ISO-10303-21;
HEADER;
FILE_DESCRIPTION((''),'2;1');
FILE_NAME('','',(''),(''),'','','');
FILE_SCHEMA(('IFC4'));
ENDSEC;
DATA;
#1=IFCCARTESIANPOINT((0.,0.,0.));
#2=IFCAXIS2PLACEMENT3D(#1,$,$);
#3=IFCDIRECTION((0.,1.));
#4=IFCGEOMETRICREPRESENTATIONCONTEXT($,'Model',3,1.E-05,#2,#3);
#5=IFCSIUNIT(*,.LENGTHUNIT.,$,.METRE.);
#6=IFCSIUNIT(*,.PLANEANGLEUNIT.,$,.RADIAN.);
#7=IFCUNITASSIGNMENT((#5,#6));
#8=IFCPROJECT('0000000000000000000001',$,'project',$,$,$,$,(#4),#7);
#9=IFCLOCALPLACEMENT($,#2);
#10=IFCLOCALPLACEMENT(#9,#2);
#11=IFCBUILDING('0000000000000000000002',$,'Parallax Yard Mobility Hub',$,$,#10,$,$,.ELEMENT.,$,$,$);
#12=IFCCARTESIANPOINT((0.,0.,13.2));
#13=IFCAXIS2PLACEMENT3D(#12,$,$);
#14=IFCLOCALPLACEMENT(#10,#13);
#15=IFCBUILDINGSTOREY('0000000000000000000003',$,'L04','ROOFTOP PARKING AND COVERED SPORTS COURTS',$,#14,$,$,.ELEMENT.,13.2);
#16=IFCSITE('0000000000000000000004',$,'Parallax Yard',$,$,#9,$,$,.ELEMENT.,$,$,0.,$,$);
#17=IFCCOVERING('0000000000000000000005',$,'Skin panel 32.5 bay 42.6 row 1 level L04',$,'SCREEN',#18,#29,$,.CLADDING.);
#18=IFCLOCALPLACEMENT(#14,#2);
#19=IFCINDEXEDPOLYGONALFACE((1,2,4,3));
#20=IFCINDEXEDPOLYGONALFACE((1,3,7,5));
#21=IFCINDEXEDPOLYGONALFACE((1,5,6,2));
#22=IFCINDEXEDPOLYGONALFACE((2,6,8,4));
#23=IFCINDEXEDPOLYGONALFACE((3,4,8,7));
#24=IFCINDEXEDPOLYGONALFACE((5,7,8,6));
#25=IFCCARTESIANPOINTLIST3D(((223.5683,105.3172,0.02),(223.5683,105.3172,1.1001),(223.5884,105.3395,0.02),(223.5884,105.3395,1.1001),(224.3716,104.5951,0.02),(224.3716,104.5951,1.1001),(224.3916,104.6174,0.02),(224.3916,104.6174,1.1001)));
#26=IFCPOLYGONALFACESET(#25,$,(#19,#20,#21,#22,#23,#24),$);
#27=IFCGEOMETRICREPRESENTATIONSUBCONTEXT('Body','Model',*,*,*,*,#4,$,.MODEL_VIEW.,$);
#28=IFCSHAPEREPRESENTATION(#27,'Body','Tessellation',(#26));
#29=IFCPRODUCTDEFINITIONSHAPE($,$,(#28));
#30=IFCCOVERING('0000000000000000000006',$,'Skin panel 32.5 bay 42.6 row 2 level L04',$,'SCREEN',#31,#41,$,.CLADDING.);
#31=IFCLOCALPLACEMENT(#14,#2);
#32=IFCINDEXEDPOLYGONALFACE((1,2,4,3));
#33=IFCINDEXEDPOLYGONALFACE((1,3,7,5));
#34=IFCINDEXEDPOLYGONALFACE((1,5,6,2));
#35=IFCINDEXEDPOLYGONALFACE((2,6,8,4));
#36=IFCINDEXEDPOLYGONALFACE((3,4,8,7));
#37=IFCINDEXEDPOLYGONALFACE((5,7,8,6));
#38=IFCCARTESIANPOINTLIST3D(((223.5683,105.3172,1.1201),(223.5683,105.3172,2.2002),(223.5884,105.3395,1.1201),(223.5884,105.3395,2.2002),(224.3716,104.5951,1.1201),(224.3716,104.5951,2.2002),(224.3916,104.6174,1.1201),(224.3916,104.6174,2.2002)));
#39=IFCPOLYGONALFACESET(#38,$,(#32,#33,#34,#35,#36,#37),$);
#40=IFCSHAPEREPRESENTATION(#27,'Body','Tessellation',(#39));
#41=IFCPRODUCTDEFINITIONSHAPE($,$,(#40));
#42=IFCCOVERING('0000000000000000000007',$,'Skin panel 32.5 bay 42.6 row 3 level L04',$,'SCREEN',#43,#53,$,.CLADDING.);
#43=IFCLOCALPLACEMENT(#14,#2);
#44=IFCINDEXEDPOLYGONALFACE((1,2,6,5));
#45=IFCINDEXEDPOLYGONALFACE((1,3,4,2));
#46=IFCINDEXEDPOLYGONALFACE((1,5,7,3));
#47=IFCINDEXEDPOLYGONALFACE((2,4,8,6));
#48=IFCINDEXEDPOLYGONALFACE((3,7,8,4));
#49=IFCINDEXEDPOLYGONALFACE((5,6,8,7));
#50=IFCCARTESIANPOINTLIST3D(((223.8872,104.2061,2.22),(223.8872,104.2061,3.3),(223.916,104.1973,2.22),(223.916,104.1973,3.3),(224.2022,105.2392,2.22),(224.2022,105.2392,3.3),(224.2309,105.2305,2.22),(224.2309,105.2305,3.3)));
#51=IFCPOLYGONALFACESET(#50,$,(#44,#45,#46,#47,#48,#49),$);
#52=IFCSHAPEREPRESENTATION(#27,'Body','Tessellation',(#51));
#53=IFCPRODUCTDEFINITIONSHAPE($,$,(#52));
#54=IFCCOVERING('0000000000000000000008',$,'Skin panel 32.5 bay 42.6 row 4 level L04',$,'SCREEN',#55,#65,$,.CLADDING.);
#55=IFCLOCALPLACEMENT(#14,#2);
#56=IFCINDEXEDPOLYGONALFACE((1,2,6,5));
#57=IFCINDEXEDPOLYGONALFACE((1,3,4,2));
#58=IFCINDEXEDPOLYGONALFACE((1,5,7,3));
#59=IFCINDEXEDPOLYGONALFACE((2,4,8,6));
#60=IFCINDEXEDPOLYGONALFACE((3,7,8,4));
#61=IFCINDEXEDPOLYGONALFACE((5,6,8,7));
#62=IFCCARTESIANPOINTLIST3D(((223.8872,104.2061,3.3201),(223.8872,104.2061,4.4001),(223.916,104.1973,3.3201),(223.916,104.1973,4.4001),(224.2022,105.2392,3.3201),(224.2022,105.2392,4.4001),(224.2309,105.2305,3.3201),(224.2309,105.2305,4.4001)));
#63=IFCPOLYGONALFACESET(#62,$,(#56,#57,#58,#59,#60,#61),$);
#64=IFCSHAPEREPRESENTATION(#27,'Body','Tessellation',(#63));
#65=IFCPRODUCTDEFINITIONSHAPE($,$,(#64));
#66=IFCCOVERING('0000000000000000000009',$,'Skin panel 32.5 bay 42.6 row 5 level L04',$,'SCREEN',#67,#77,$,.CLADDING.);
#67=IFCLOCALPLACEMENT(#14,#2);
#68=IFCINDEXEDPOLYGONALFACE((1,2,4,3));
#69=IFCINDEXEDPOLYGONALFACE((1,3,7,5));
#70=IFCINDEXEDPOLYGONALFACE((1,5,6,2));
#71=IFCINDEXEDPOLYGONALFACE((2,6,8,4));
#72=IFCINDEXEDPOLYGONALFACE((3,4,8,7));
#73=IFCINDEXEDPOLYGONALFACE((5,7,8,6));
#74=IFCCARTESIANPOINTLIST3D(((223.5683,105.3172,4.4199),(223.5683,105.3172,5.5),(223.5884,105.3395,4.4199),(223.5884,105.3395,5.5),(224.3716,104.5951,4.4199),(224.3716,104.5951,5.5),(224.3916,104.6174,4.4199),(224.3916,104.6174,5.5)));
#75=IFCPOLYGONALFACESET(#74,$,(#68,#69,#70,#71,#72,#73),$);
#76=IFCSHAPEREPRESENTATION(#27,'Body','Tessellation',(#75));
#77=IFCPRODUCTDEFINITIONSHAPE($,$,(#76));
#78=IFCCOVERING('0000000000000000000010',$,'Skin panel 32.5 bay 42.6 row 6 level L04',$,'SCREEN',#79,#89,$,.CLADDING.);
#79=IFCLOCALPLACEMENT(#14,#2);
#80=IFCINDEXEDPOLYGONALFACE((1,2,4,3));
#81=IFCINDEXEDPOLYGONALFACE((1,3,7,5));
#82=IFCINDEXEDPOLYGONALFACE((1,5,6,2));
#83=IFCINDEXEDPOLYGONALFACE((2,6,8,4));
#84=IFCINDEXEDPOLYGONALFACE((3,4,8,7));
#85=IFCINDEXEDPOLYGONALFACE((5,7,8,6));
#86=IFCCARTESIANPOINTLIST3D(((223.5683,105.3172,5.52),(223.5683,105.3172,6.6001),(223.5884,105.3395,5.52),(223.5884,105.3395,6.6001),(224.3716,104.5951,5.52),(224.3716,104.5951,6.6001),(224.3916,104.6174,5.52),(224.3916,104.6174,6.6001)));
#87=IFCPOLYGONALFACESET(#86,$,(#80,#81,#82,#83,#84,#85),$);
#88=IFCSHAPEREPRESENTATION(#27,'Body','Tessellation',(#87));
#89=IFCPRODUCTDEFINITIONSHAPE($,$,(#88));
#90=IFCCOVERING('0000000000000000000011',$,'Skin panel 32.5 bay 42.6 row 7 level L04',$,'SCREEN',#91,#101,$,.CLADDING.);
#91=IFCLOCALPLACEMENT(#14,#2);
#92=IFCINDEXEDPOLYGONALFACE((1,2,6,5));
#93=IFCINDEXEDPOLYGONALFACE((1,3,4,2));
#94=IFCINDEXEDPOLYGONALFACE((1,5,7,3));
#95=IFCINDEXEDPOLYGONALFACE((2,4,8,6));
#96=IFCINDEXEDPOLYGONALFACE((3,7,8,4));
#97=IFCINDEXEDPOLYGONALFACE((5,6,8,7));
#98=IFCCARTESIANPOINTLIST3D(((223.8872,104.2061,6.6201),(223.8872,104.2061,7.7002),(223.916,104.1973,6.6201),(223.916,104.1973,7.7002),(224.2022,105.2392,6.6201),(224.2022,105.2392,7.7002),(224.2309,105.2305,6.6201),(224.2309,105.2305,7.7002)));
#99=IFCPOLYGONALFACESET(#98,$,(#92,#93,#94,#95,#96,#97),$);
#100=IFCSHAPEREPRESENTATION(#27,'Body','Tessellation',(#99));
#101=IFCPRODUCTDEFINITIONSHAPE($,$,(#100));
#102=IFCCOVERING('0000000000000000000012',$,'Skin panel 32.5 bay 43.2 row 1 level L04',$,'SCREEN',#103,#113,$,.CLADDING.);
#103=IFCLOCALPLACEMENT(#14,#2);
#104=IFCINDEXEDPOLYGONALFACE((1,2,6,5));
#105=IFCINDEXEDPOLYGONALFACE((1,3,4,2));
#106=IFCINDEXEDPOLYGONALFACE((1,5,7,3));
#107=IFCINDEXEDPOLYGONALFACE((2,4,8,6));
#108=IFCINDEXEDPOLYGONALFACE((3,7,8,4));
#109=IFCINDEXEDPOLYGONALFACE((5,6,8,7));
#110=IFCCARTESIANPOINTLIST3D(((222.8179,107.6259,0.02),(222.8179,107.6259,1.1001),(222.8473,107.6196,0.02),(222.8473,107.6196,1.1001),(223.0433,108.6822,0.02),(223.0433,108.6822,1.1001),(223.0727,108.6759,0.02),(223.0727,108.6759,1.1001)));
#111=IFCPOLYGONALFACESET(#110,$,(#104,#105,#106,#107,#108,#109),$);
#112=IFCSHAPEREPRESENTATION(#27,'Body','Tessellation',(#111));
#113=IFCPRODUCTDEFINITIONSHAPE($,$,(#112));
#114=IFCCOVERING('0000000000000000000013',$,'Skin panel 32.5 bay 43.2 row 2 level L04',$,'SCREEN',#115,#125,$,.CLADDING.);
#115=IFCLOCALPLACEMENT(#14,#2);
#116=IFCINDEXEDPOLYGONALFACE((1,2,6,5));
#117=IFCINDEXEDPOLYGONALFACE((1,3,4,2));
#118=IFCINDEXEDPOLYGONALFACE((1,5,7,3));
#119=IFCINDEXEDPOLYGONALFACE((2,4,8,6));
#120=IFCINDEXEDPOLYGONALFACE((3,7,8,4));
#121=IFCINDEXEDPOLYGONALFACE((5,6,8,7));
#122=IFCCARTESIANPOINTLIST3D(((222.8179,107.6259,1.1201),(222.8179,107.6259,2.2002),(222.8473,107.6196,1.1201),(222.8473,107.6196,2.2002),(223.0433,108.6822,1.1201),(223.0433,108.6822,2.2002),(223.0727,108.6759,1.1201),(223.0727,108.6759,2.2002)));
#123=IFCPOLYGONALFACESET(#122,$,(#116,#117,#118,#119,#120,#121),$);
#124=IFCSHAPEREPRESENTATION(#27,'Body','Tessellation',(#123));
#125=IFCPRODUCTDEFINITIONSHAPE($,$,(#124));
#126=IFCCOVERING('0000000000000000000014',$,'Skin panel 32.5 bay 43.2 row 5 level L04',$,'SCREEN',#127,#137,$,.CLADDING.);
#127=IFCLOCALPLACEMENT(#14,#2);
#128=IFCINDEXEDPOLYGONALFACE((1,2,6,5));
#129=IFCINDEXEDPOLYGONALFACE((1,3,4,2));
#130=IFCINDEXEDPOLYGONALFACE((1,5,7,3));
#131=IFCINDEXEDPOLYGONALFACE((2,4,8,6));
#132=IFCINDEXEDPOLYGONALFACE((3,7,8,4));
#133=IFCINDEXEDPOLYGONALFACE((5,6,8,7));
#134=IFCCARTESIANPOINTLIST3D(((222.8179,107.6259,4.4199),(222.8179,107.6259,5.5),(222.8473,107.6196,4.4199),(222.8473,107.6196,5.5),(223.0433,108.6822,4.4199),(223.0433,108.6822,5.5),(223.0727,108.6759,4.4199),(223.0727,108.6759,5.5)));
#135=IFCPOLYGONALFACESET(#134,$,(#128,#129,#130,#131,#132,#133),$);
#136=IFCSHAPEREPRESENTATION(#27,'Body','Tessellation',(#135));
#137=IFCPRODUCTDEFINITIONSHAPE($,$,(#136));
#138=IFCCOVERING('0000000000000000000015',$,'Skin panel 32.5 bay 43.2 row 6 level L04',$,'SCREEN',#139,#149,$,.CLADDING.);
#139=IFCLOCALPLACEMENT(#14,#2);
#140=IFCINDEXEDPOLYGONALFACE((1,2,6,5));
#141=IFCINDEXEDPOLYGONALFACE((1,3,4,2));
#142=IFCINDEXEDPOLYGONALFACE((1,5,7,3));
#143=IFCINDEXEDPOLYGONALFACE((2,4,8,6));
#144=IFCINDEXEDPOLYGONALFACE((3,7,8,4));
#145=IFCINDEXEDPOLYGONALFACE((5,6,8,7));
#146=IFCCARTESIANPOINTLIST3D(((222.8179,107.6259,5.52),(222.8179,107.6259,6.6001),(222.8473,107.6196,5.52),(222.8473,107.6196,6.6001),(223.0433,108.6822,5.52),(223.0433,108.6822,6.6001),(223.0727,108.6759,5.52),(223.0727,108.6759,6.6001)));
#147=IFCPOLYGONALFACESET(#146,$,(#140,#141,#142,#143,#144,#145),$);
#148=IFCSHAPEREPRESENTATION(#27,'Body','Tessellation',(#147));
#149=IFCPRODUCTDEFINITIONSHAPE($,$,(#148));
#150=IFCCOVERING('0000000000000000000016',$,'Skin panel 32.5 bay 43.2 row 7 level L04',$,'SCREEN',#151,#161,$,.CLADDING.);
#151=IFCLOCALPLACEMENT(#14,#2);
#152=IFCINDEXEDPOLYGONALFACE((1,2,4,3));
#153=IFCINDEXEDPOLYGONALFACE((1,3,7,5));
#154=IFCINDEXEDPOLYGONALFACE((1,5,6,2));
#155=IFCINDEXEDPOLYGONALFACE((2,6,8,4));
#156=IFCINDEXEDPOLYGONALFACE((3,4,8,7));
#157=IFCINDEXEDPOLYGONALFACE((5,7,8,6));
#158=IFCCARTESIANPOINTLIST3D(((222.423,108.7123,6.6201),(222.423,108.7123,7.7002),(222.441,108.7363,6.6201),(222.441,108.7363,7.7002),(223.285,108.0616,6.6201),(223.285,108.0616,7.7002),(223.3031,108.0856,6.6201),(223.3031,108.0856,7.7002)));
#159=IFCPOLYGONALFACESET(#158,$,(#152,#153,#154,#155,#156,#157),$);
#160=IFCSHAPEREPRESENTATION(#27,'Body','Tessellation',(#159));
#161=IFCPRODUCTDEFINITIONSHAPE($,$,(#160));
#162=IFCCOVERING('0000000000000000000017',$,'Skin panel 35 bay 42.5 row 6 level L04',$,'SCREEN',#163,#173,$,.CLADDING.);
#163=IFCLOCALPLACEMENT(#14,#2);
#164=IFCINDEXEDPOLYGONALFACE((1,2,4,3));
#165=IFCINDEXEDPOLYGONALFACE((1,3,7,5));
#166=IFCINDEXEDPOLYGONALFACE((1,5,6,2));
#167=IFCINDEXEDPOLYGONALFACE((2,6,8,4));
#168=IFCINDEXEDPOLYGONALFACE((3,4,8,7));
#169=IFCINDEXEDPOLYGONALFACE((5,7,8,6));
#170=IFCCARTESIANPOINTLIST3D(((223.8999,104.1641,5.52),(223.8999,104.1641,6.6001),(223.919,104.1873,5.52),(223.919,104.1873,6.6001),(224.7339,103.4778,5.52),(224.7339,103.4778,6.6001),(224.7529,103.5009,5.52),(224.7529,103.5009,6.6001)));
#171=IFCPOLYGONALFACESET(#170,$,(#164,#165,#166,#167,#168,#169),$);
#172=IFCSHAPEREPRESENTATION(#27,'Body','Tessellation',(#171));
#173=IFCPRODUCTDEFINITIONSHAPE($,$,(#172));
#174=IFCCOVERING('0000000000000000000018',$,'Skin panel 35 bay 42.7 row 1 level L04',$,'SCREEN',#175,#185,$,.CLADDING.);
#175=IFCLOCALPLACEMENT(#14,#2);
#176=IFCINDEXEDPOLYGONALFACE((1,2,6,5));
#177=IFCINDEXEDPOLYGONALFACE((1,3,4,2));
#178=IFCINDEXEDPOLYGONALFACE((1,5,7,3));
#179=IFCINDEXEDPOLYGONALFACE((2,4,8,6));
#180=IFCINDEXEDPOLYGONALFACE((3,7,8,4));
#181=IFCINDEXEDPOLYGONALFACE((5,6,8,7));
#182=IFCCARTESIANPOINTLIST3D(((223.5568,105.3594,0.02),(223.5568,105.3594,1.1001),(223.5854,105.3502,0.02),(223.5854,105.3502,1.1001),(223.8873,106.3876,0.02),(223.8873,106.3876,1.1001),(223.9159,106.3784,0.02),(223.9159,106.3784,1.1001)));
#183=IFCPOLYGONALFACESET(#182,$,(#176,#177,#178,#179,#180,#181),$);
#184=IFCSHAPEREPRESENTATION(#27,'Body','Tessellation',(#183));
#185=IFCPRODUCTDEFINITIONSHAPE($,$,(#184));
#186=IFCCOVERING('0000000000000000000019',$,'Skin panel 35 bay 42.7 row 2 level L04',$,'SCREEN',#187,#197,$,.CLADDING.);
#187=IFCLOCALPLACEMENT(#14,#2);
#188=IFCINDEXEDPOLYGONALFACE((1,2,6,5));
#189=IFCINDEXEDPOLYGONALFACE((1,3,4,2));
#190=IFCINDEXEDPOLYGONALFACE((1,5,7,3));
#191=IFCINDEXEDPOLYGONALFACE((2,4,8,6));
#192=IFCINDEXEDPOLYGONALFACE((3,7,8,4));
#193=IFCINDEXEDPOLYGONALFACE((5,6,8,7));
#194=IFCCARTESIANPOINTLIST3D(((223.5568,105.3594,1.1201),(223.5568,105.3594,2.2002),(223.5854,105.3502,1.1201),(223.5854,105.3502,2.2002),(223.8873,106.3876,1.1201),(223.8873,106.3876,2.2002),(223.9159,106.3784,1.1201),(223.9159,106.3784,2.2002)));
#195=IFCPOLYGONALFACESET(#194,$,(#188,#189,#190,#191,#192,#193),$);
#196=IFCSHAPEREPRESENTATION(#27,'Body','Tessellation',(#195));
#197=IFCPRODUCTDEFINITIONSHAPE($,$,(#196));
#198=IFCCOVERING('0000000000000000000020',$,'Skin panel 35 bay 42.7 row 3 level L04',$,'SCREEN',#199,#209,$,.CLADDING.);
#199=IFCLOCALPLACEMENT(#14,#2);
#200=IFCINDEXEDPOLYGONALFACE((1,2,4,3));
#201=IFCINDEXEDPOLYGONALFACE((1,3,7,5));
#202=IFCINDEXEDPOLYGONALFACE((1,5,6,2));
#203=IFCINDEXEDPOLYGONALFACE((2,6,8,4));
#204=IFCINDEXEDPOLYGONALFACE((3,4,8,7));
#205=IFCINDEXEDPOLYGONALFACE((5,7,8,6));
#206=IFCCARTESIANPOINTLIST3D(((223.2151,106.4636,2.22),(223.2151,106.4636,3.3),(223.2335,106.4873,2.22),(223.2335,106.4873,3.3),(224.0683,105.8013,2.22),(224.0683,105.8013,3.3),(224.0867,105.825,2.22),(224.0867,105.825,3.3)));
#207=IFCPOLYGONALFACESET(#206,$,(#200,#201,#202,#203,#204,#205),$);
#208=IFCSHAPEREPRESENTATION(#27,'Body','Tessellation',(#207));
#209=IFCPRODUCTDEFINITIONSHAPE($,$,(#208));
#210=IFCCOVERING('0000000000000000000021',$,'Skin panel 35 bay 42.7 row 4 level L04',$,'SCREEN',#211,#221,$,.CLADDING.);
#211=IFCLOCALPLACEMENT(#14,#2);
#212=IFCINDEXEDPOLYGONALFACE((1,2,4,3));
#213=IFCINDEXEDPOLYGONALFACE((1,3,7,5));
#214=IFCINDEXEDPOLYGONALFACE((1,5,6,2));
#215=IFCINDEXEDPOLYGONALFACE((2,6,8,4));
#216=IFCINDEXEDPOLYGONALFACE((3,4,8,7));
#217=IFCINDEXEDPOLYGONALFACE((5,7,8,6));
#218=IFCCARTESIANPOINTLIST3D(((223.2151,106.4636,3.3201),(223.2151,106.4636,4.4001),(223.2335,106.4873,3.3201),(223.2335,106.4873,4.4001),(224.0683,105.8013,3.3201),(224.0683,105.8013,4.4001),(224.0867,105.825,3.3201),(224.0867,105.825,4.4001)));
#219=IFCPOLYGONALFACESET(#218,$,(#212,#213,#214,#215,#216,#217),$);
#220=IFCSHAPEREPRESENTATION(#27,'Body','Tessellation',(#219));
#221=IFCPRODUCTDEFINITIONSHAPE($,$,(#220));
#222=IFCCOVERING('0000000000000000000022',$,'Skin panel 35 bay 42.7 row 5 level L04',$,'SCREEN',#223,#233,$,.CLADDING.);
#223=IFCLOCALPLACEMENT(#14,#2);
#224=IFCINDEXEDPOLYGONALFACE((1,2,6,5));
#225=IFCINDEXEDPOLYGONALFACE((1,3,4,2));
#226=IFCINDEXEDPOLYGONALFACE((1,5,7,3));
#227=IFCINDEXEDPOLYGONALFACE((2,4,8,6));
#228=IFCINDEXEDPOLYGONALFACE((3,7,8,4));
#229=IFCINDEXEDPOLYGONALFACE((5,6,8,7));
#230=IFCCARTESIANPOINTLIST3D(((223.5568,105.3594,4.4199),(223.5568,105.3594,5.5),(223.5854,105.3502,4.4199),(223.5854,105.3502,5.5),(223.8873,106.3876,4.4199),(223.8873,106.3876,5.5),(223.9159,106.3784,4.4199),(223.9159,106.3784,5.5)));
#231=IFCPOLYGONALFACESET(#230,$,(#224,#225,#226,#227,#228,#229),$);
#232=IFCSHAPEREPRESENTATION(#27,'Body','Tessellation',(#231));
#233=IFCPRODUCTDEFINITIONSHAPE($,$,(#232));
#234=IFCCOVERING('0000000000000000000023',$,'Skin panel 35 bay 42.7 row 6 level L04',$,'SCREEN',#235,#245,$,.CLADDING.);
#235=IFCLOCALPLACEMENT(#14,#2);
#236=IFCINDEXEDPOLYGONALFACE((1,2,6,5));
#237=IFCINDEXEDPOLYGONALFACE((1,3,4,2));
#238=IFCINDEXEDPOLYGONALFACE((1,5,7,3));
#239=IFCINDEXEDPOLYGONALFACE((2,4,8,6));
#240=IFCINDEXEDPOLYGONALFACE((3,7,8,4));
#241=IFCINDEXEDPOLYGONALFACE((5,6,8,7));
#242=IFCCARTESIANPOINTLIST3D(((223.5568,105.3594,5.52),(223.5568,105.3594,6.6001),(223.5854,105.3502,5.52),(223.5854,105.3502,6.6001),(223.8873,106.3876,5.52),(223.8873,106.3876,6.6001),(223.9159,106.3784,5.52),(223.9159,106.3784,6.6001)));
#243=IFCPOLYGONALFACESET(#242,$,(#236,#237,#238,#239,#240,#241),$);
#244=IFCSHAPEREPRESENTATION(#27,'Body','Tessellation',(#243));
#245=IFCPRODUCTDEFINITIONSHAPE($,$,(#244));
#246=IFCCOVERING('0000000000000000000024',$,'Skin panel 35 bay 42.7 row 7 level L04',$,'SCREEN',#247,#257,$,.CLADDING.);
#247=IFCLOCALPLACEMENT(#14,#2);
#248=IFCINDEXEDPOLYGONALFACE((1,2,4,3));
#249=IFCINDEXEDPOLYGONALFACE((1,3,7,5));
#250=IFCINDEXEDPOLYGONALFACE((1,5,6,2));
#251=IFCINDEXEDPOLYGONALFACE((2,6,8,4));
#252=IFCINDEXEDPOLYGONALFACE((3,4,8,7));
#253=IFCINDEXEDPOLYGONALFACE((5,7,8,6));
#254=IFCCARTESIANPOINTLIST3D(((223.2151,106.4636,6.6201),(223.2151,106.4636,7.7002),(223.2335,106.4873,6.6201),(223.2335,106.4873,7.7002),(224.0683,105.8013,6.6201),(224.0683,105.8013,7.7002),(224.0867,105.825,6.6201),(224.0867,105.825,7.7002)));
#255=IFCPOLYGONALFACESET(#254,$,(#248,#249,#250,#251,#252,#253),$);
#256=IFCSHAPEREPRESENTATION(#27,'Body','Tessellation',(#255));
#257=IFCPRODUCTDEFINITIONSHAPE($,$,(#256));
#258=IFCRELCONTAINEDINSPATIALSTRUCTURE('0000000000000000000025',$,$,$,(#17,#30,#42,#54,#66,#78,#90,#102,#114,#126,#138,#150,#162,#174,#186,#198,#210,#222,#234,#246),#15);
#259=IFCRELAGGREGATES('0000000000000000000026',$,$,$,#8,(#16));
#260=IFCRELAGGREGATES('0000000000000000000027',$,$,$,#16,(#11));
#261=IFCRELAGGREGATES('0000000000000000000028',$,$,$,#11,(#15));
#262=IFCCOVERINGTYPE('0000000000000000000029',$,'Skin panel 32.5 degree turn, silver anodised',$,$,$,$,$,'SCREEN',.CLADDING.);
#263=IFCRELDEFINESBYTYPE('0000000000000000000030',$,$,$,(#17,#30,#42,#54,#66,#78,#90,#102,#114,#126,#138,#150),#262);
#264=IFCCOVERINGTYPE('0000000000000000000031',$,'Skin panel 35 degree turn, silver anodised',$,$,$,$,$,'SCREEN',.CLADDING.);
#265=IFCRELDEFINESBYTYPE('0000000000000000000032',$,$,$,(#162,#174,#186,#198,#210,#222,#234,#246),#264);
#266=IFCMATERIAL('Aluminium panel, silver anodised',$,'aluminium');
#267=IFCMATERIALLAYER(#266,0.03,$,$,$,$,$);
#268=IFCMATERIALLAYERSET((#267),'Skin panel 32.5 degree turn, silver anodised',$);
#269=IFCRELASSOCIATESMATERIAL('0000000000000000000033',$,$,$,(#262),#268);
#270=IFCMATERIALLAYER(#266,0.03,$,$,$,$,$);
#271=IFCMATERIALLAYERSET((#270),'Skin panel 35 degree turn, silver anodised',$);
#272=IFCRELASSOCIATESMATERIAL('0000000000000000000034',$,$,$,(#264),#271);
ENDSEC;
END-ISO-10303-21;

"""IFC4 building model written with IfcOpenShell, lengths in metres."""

from ifc_helpers import new_model, si_unit, direction, frame, origin, origin_2d, place, context, subcontext, project, spatial, rectangle, extrude, material, layer, layer_set, type_object, element, save


model = new_model("IFC4")

# Units and contexts
model_context = context("Model", 3, precision=1e-05, world=origin(), true_north=direction((0.0, 1.0)))
body_context = subcontext(model_context, "Body", "Model", "MODEL_VIEW")
ifc_project = project(units=[si_unit("LENGTHUNIT", "METRE"), si_unit("PLANEANGLEUNIT", "RADIAN")], contexts=[model_context])

# Site, building, storey
site_placement = place(None, origin())
site = spatial("IfcSite", under=ifc_project, at=site_placement, Name="Parallax Yard", CompositionType="ELEMENT", RefElevation=0.0)
building_placement = place(site_placement, origin())
building = spatial("IfcBuilding", under=site, at=building_placement, Name="Parallax Yard Mobility Hub", CompositionType="ELEMENT")
storey_placement = place(building_placement, frame((0.0, 0.0, 13.2)))
storey = spatial("IfcBuildingStorey", under=building, at=storey_placement, Name="L04", Description="ROOFTOP PARKING AND COVERED SPORTS COURTS", CompositionType="ELEMENT", Elevation=13.2)

# Coverings
ifc_material_1 = material(Name="Aluminium panel, silver anodised", Category="aluminium")
ifc_layer_1 = layer(ifc_material_1, 0.03)
ifc_layer_set_1 = layer_set([ifc_layer_1], Name="Skin panel 32.5 degree turn, silver anodised")
covering_type_1 = type_object("IfcCoveringType", Name="Skin panel 32.5 degree turn, silver anodised", ElementType="SCREEN", PredefinedType="CLADDING", material=ifc_layer_set_1)
for number, where, z_axis, x_axis, name in (
    (1, (223.98, 104.9673, 0.02), (0.0, 0.0, 1.0), (0.743676, -0.66854, 0.0), "Skin panel 32.5 bay 42.6 row 1 level L04"),
    (2, (223.98, 104.9673, 1.1201), (0.0, 0.0, 1.0), (0.743676, -0.66854, 0.0), "Skin panel 32.5 bay 42.6 row 2 level L04"),
    (3, (224.0591, 104.7183, 2.22), (0.0, 0.0, 1.0), (0.291612, 0.956537, 0.0), "Skin panel 32.5 bay 42.6 row 3 level L04"),
    (4, (224.0591, 104.7183, 3.3201), (0.0, 0.0, 1.0), (0.291612, 0.956537, 0.0), "Skin panel 32.5 bay 42.6 row 4 level L04"),
    (5, (223.98, 104.9673, 4.4199), (0.0, 0.0, 1.0), (0.743676, -0.66854, 0.0), "Skin panel 32.5 bay 42.6 row 5 level L04"),
    (6, (223.98, 104.9673, 5.52), (0.0, 0.0, 1.0), (0.743676, -0.66854, 0.0), "Skin panel 32.5 bay 42.6 row 6 level L04"),
    (7, (224.0591, 104.7183, 6.6201), (0.0, 0.0, 1.0), (0.291612, 0.956537, 0.0), "Skin panel 32.5 bay 42.6 row 7 level L04"),
    (8, (222.9453, 108.1509, 0.02), (0.0, 0.0, 1.0), (0.208688, 0.977982, 0.0), "Skin panel 32.5 bay 43.2 row 1 level L04"),
    (9, (222.9453, 108.1509, 1.1201), (0.0, 0.0, 1.0), (0.208688, 0.977982, 0.0), "Skin panel 32.5 bay 43.2 row 2 level L04"),
    (10, (222.9453, 108.1509, 4.4199), (0.0, 0.0, 1.0), (0.208688, 0.977982, 0.0), "Skin panel 32.5 bay 43.2 row 5 level L04"),
    (11, (222.9453, 108.1509, 5.52), (0.0, 0.0, 1.0), (0.208688, 0.977982, 0.0), "Skin panel 32.5 bay 43.2 row 6 level L04"),
    (12, (222.863, 108.3989, 6.6201), (0.0, 0.0, 1.0), (0.798157, -0.602449, 0.0), "Skin panel 32.5 bay 43.2 row 7 level L04"),
):
    element("IfcCovering", number, at=place(storey_placement, frame(where, z_axis=z_axis, x_axis=x_axis)), inside=storey, type_object=covering_type_1, Name=name, ObjectType="SCREEN", PredefinedType="CLADDING", context=body_context, shape_type="SweptSolid", body=[
        extrude(rectangle(XDim=1.0801, YDim=0.03, at=origin_2d()), origin(), (0.0, 0.0, 1.0), 1.0801),
    ])
ifc_layer_2 = layer(ifc_material_1, 0.03)
ifc_layer_set_2 = layer_set([ifc_layer_2], Name="Skin panel 35 degree turn, silver anodised")
covering_type_2 = type_object("IfcCoveringType", Name="Skin panel 35 degree turn, silver anodised", ElementType="SCREEN", PredefinedType="CLADDING", material=ifc_layer_set_2)
for number, where, z_axis, x_axis, name in (
    (13, (224.3264, 103.8325, 5.52), (0.0, 0.0, 1.0), (0.772129, -0.635465, 0.0), "Skin panel 35 bay 42.5 row 6 level L04"),
    (14, (223.7363, 105.8689, 0.02), (0.0, 0.0, 1.0), (0.305998, 0.952032, 0.0), "Skin panel 35 bay 42.7 row 1 level L04"),
    (15, (223.7363, 105.8689, 1.1201), (0.0, 0.0, 1.0), (0.305998, 0.952032, 0.0), "Skin panel 35 bay 42.7 row 2 level L04"),
    (16, (223.6509, 106.1443, 2.22), (0.0, 0.0, 1.0), (0.78996, -0.613158, 0.0), "Skin panel 35 bay 42.7 row 3 level L04"),
    (17, (223.6509, 106.1443, 3.3201), (0.0, 0.0, 1.0), (0.78996, -0.613158, 0.0), "Skin panel 35 bay 42.7 row 4 level L04"),
    (18, (223.7363, 105.8689, 4.4199), (0.0, 0.0, 1.0), (0.305998, 0.952032, 0.0), "Skin panel 35 bay 42.7 row 5 level L04"),
    (19, (223.7363, 105.8689, 5.52), (0.0, 0.0, 1.0), (0.305998, 0.952032, 0.0), "Skin panel 35 bay 42.7 row 6 level L04"),
    (20, (223.6509, 106.1443, 6.6201), (0.0, 0.0, 1.0), (0.78996, -0.613158, 0.0), "Skin panel 35 bay 42.7 row 7 level L04"),
):
    element("IfcCovering", number, at=place(storey_placement, frame(where, z_axis=z_axis, x_axis=x_axis)), inside=storey, type_object=covering_type_2, Name=name, ObjectType="SCREEN", PredefinedType="CLADDING", context=body_context, shape_type="SweptSolid", body=[
        extrude(rectangle(XDim=1.0801, YDim=0.03, at=origin_2d()), origin(), (0.0, 0.0, 1.0), 1.0801),
    ])

save(model, "model.ifc")
